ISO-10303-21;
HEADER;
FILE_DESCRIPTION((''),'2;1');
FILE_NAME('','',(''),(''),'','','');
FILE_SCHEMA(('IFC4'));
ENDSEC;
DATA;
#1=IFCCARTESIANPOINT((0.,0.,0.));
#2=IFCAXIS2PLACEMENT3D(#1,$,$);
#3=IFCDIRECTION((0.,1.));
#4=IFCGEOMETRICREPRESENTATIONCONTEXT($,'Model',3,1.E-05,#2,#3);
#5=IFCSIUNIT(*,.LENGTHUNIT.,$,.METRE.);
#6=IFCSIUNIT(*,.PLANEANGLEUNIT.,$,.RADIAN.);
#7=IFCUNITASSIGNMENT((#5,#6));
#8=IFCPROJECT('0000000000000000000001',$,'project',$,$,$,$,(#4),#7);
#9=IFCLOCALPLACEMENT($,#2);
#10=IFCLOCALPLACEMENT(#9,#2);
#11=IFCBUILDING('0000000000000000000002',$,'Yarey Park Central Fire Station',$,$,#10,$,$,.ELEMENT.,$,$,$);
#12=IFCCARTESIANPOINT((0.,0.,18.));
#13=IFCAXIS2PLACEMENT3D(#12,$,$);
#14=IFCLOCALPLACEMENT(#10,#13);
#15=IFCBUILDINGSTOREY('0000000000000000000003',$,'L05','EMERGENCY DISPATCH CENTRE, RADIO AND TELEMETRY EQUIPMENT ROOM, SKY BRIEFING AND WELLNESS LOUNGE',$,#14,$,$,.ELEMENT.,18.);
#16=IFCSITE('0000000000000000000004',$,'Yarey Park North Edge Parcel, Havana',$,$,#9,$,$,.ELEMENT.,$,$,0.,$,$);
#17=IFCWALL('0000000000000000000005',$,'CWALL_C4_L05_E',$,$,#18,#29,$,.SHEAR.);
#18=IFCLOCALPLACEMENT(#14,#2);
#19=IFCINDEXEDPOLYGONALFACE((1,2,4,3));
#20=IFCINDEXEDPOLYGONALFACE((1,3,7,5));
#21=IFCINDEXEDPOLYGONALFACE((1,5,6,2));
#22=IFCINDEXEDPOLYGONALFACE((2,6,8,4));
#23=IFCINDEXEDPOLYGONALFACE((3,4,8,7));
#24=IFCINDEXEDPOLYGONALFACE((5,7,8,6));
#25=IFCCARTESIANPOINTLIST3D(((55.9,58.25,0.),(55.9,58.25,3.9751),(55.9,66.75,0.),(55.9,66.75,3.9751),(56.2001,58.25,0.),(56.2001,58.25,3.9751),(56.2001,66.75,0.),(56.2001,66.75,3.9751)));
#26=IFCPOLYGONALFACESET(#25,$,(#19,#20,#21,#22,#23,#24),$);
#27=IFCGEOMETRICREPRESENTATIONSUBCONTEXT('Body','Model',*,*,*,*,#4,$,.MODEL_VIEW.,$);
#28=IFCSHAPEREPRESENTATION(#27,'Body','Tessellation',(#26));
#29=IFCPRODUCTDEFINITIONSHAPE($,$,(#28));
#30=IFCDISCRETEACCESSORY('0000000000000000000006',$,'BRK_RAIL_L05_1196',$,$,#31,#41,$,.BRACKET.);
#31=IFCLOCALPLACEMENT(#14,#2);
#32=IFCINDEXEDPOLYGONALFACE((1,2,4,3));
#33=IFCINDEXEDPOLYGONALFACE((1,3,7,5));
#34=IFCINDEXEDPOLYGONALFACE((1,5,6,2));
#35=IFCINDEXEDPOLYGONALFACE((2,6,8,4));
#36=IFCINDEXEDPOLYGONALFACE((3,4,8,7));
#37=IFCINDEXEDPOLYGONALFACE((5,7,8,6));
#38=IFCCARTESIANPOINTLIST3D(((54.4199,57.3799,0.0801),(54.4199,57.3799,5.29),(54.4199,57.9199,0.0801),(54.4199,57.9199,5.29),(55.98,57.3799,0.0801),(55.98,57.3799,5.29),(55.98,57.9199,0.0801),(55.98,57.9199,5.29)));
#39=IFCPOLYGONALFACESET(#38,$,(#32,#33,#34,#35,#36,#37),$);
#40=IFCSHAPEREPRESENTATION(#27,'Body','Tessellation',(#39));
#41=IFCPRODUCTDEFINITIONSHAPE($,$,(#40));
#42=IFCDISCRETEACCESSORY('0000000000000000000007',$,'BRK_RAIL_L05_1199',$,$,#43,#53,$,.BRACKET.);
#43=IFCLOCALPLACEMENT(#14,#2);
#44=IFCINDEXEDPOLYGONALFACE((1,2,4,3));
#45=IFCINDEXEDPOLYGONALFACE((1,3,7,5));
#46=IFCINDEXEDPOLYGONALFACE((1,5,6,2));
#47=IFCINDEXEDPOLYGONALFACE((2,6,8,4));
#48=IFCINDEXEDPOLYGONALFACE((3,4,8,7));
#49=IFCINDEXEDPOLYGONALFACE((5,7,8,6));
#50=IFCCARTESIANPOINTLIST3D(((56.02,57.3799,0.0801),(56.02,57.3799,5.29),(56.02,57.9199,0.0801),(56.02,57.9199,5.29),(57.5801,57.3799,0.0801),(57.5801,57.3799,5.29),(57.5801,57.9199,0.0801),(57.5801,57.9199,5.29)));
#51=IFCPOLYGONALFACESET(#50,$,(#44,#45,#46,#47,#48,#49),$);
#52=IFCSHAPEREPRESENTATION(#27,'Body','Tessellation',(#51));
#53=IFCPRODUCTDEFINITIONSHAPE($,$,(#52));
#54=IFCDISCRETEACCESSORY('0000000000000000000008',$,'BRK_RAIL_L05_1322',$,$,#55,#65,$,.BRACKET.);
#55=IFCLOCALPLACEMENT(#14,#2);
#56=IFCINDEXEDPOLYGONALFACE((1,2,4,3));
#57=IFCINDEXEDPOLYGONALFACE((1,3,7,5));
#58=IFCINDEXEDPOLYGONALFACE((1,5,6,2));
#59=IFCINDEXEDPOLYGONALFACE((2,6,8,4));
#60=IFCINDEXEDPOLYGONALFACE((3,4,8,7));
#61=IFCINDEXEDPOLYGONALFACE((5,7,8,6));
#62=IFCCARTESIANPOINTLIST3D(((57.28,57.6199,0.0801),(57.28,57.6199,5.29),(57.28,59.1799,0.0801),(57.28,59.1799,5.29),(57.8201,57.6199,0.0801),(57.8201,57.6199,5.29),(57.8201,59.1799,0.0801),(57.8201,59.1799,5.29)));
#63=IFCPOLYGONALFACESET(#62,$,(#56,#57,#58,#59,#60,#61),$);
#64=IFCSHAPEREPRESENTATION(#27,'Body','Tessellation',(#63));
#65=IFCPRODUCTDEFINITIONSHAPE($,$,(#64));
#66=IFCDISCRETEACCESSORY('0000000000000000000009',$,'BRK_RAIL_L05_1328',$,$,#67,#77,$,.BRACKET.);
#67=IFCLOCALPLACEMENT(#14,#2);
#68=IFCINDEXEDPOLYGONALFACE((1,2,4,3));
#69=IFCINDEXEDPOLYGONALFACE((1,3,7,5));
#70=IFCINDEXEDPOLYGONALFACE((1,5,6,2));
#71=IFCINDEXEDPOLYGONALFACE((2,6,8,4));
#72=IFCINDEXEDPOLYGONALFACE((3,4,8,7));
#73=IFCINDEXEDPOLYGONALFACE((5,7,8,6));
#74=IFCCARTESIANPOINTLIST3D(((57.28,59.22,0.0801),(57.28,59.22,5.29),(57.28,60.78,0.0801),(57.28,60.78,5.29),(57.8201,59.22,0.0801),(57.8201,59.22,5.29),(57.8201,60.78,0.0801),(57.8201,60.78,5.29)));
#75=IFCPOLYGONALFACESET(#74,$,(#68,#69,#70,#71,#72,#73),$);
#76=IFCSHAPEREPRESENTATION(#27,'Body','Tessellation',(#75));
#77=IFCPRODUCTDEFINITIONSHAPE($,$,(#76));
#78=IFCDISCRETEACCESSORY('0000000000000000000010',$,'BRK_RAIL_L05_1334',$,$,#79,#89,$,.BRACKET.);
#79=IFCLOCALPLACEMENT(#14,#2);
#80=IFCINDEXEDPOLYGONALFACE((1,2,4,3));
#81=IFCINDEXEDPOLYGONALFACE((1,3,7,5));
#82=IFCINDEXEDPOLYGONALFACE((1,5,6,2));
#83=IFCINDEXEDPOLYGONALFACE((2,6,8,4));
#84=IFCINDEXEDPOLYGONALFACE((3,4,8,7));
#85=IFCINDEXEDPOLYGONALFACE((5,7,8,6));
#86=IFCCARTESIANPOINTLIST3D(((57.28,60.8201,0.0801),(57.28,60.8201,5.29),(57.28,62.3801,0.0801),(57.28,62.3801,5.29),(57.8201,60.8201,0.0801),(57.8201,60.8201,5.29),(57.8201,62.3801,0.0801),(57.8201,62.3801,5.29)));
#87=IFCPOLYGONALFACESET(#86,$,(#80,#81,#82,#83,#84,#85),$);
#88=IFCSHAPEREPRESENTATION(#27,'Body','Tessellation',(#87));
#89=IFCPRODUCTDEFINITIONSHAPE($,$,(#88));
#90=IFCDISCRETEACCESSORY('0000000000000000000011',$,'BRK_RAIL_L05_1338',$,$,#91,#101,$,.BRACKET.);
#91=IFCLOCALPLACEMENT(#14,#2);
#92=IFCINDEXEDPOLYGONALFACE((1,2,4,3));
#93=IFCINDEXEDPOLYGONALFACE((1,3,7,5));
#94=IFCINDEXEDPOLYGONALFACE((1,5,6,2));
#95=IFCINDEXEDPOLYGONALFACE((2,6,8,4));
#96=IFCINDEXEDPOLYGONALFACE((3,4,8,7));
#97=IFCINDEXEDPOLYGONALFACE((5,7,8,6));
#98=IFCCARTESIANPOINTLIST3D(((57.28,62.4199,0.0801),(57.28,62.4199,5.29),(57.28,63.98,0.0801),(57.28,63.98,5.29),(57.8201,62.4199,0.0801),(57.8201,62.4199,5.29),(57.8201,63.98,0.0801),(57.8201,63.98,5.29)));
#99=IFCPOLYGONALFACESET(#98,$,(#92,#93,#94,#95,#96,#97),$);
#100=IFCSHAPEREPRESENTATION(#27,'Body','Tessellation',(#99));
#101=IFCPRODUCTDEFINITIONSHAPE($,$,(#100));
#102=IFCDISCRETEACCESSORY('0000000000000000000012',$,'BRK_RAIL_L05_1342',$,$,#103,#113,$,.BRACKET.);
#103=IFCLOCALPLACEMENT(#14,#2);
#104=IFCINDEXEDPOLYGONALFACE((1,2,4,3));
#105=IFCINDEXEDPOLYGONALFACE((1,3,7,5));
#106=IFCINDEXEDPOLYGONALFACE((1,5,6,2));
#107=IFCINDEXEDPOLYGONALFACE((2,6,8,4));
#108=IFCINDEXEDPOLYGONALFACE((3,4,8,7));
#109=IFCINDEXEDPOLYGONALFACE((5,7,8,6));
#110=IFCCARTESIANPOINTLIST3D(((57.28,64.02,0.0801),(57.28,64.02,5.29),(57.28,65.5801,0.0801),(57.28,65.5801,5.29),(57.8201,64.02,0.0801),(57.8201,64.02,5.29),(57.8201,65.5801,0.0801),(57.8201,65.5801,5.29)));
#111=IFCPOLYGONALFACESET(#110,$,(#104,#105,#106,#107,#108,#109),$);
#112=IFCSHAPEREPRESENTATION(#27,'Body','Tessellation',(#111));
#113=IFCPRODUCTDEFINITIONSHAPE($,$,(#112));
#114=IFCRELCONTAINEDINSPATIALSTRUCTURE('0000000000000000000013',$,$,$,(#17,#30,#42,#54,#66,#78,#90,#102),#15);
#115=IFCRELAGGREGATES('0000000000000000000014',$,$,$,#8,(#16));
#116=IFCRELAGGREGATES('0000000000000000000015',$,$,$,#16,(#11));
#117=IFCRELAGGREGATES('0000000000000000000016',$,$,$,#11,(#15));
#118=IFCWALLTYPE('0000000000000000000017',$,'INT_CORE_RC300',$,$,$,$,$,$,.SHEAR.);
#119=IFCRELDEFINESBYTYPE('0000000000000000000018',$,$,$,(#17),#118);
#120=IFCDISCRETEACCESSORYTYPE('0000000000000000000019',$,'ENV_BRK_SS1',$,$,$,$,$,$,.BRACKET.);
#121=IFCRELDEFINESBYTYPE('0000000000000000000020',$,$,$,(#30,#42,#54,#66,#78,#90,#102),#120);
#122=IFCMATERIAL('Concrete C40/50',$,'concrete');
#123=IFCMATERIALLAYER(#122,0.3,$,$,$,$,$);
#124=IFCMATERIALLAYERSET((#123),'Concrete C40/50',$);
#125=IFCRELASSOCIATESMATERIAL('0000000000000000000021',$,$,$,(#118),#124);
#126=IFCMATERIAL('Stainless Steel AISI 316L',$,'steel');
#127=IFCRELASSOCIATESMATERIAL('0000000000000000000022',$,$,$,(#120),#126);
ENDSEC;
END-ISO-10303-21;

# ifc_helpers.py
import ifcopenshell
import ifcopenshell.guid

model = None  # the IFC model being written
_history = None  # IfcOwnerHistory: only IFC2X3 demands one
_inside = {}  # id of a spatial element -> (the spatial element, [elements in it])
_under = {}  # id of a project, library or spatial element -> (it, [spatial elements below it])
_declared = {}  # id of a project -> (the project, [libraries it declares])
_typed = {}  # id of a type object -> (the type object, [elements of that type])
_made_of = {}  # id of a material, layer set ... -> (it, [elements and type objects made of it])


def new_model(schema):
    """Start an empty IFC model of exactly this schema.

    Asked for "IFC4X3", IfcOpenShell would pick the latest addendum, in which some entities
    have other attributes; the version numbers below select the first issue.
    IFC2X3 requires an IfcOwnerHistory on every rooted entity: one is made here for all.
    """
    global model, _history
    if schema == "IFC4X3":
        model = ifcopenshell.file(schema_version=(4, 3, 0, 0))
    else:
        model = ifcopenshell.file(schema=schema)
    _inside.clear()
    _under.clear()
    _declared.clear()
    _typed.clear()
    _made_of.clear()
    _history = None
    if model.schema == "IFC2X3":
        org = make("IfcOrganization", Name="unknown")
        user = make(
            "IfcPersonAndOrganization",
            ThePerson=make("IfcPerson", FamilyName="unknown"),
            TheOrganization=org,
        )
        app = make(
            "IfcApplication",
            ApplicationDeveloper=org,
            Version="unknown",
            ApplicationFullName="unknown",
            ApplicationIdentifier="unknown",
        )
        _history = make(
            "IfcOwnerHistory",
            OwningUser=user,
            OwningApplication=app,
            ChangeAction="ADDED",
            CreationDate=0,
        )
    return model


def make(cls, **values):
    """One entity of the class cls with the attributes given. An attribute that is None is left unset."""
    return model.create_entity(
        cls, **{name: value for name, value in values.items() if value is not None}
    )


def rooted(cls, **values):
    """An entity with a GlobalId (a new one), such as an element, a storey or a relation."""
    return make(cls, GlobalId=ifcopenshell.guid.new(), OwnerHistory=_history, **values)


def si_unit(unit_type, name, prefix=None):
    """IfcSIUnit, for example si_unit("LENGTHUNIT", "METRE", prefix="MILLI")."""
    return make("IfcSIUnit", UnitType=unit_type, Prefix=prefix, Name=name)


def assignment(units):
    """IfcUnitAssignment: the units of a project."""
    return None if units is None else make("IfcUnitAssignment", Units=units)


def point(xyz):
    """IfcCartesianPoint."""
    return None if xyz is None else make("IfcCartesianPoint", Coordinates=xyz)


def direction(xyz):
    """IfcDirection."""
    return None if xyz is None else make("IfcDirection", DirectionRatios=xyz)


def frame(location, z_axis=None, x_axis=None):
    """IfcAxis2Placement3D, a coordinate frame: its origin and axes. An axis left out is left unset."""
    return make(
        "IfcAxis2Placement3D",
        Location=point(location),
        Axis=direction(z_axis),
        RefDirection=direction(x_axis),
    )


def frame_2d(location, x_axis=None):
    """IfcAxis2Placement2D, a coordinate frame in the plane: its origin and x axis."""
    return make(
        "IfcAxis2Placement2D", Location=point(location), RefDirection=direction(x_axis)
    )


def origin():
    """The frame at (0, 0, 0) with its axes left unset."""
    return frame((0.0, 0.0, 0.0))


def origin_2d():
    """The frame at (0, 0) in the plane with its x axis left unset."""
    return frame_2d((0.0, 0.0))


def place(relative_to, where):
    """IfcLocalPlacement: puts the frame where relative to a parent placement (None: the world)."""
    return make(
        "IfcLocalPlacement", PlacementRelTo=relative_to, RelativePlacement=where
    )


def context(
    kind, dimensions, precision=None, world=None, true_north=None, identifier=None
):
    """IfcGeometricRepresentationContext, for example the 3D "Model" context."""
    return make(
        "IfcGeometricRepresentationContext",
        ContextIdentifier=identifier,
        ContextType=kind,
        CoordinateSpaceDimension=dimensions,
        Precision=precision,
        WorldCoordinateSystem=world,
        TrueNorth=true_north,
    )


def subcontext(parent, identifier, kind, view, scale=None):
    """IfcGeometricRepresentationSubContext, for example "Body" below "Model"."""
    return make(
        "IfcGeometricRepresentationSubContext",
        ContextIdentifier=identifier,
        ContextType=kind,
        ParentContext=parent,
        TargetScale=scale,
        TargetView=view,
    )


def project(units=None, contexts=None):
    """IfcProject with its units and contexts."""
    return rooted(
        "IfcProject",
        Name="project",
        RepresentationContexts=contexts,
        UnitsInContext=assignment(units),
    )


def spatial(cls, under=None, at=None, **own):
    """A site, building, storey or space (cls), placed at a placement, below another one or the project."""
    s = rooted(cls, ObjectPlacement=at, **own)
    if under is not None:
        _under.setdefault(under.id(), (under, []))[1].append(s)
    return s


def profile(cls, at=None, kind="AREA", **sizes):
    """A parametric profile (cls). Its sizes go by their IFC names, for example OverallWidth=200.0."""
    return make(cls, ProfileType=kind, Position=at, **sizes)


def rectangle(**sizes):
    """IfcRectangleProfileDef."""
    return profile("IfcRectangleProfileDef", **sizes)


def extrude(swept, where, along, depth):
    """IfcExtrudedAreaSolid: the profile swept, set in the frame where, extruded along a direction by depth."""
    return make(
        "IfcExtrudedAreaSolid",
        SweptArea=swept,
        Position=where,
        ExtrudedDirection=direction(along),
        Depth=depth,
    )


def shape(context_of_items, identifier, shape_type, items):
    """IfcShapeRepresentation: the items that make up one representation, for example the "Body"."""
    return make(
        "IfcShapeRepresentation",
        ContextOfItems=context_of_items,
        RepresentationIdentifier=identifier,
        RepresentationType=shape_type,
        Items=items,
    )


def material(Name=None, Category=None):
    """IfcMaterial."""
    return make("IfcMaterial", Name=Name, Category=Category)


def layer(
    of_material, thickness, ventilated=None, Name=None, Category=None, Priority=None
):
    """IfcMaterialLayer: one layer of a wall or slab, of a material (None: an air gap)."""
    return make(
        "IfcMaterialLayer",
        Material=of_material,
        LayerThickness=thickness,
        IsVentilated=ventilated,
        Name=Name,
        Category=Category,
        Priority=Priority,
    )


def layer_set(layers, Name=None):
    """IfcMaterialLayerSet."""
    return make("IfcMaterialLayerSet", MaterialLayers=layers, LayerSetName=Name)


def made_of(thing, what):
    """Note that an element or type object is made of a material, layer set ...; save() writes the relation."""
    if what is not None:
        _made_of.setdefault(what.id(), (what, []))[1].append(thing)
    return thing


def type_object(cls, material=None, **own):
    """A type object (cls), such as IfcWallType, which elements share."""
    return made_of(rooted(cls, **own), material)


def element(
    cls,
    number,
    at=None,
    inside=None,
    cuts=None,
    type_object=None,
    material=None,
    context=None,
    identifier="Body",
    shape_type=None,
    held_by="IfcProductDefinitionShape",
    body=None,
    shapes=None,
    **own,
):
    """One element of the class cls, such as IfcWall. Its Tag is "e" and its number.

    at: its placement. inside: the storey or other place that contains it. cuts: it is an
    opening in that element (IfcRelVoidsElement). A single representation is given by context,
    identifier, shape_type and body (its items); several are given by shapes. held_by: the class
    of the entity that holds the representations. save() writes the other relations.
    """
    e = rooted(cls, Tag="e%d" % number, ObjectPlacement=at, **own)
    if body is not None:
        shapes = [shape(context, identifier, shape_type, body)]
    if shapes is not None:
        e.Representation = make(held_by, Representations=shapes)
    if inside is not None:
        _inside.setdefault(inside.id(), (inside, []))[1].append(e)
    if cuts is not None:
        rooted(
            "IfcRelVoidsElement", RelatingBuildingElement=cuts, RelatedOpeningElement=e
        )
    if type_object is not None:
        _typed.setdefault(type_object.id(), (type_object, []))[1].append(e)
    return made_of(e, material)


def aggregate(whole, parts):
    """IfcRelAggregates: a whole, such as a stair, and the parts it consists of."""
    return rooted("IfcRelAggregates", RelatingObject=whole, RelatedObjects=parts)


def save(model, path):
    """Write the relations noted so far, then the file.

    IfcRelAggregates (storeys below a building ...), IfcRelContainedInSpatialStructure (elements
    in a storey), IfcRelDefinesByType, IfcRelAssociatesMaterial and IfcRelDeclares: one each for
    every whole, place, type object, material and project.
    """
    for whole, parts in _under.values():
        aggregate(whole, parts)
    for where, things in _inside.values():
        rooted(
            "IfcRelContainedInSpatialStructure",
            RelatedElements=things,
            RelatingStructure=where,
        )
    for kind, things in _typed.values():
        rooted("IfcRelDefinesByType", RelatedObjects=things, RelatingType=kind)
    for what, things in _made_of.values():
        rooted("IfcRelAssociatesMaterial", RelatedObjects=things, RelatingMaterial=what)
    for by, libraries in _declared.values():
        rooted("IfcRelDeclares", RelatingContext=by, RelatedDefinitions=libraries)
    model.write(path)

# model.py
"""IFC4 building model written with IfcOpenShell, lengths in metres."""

from ifc_helpers import new_model, si_unit, direction, frame, frame_2d, origin, origin_2d, place, context, subcontext, project, spatial, rectangle, extrude, material, layer, layer_set, type_object, element, save


model = new_model("IFC4")

# Units and contexts
model_context = context("Model", 3, precision=1e-05, world=origin(), true_north=direction((0.0, 1.0)))
body_context = subcontext(model_context, "Body", "Model", "MODEL_VIEW")
ifc_project = project(units=[si_unit("LENGTHUNIT", "METRE"), si_unit("PLANEANGLEUNIT", "RADIAN")], contexts=[model_context])

# Site, building, storey
site_placement = place(None, origin())
site = spatial("IfcSite", under=ifc_project, at=site_placement, Name="Yarey Park North Edge Parcel, Havana", CompositionType="ELEMENT", RefElevation=0.0)
building_placement = place(site_placement, origin())
building = spatial("IfcBuilding", under=site, at=building_placement, Name="Yarey Park Central Fire Station", CompositionType="ELEMENT")
storey_placement = place(building_placement, frame((0.0, 0.0, 18.0)))
storey = spatial("IfcBuildingStorey", under=building, at=storey_placement, Name="L05", Description="EMERGENCY DISPATCH CENTRE, RADIO AND TELEMETRY EQUIPMENT ROOM, SKY BRIEFING AND WELLNESS LOUNGE", CompositionType="ELEMENT", Elevation=18.0)

# Wall
ifc_material_1 = material(Name="Concrete C40/50", Category="concrete")
ifc_layer_1 = layer(ifc_material_1, 0.3)
ifc_layer_set_1 = layer_set([ifc_layer_1], Name="Concrete C40/50")
wall_type_1 = type_object("IfcWallType", Name="INT_CORE_RC300", PredefinedType="SHEAR", material=ifc_layer_set_1)
wall_1_placement = place(storey_placement, frame((56.05, 58.25, 0.0), z_axis=(0.0, 0.0, 1.0), x_axis=(0.0, 1.0, 0.0)))
element("IfcWall", 1, at=wall_1_placement, inside=storey, type_object=wall_type_1, Name="CWALL_C4_L05_E", PredefinedType="SHEAR", context=body_context, shape_type="SweptSolid", body=[
    extrude(rectangle(XDim=8.5, YDim=0.3, at=frame_2d((4.25, 0.0))), origin(), (0.0, 0.0, 1.0), 3.9751),
])

# Discrete accessories
ifc_material_2 = material(Name="Stainless Steel AISI 316L", Category="steel")
discrete_accessory_type = type_object("IfcDiscreteAccessoryType", Name="ENV_BRK_SS1", PredefinedType="BRACKET", material=ifc_material_2)
for number, where, z_axis, x_axis, name in (
    (2, (55.2, 57.6499, 0.0801), (0.0, 0.0, 1.0), (1.0, 0.0, 0.0), "BRK_RAIL_L05_1196"),
    (3, (56.8, 57.6499, 0.0801), (0.0, 0.0, 1.0), (1.0, 0.0, 0.0), "BRK_RAIL_L05_1199"),
):
    element("IfcDiscreteAccessory", number, at=place(storey_placement, frame(where, z_axis=z_axis, x_axis=x_axis)), inside=storey, type_object=discrete_accessory_type, Name=name, PredefinedType="BRACKET", context=body_context, shape_type="SweptSolid", body=[
        extrude(rectangle(XDim=1.5601, YDim=0.54, at=origin_2d()), origin(), (0.0, 0.0, 1.0), 5.21),
    ])
for number, where, z_axis, x_axis, name in (
    (4, (57.55, 58.3999, 0.0801), (0.0, 0.0, 1.0), (1.0, 0.0, 0.0), "BRK_RAIL_L05_1322"),
    (5, (57.55, 60.0, 0.0801), (0.0, 0.0, 1.0), (1.0, 0.0, 0.0), "BRK_RAIL_L05_1328"),
    (6, (57.55, 61.6001, 0.0801), (0.0, 0.0, 1.0), (1.0, 0.0, 0.0), "BRK_RAIL_L05_1334"),
    (7, (57.55, 63.2, 0.0801), (0.0, 0.0, 1.0), (1.0, 0.0, 0.0), "BRK_RAIL_L05_1338"),
    (8, (57.55, 64.8, 0.0801), (0.0, 0.0, 1.0), (1.0, 0.0, 0.0), "BRK_RAIL_L05_1342"),
):
    element("IfcDiscreteAccessory", number, at=place(storey_placement, frame(where, z_axis=z_axis, x_axis=x_axis)), inside=storey, type_object=discrete_accessory_type, Name=name, PredefinedType="BRACKET", context=body_context, shape_type="SweptSolid", body=[
        extrude(rectangle(XDim=0.54, YDim=1.5601, at=origin_2d()), origin(), (0.0, 0.0, 1.0), 5.21),
    ])

save(model, "model.ifc")
